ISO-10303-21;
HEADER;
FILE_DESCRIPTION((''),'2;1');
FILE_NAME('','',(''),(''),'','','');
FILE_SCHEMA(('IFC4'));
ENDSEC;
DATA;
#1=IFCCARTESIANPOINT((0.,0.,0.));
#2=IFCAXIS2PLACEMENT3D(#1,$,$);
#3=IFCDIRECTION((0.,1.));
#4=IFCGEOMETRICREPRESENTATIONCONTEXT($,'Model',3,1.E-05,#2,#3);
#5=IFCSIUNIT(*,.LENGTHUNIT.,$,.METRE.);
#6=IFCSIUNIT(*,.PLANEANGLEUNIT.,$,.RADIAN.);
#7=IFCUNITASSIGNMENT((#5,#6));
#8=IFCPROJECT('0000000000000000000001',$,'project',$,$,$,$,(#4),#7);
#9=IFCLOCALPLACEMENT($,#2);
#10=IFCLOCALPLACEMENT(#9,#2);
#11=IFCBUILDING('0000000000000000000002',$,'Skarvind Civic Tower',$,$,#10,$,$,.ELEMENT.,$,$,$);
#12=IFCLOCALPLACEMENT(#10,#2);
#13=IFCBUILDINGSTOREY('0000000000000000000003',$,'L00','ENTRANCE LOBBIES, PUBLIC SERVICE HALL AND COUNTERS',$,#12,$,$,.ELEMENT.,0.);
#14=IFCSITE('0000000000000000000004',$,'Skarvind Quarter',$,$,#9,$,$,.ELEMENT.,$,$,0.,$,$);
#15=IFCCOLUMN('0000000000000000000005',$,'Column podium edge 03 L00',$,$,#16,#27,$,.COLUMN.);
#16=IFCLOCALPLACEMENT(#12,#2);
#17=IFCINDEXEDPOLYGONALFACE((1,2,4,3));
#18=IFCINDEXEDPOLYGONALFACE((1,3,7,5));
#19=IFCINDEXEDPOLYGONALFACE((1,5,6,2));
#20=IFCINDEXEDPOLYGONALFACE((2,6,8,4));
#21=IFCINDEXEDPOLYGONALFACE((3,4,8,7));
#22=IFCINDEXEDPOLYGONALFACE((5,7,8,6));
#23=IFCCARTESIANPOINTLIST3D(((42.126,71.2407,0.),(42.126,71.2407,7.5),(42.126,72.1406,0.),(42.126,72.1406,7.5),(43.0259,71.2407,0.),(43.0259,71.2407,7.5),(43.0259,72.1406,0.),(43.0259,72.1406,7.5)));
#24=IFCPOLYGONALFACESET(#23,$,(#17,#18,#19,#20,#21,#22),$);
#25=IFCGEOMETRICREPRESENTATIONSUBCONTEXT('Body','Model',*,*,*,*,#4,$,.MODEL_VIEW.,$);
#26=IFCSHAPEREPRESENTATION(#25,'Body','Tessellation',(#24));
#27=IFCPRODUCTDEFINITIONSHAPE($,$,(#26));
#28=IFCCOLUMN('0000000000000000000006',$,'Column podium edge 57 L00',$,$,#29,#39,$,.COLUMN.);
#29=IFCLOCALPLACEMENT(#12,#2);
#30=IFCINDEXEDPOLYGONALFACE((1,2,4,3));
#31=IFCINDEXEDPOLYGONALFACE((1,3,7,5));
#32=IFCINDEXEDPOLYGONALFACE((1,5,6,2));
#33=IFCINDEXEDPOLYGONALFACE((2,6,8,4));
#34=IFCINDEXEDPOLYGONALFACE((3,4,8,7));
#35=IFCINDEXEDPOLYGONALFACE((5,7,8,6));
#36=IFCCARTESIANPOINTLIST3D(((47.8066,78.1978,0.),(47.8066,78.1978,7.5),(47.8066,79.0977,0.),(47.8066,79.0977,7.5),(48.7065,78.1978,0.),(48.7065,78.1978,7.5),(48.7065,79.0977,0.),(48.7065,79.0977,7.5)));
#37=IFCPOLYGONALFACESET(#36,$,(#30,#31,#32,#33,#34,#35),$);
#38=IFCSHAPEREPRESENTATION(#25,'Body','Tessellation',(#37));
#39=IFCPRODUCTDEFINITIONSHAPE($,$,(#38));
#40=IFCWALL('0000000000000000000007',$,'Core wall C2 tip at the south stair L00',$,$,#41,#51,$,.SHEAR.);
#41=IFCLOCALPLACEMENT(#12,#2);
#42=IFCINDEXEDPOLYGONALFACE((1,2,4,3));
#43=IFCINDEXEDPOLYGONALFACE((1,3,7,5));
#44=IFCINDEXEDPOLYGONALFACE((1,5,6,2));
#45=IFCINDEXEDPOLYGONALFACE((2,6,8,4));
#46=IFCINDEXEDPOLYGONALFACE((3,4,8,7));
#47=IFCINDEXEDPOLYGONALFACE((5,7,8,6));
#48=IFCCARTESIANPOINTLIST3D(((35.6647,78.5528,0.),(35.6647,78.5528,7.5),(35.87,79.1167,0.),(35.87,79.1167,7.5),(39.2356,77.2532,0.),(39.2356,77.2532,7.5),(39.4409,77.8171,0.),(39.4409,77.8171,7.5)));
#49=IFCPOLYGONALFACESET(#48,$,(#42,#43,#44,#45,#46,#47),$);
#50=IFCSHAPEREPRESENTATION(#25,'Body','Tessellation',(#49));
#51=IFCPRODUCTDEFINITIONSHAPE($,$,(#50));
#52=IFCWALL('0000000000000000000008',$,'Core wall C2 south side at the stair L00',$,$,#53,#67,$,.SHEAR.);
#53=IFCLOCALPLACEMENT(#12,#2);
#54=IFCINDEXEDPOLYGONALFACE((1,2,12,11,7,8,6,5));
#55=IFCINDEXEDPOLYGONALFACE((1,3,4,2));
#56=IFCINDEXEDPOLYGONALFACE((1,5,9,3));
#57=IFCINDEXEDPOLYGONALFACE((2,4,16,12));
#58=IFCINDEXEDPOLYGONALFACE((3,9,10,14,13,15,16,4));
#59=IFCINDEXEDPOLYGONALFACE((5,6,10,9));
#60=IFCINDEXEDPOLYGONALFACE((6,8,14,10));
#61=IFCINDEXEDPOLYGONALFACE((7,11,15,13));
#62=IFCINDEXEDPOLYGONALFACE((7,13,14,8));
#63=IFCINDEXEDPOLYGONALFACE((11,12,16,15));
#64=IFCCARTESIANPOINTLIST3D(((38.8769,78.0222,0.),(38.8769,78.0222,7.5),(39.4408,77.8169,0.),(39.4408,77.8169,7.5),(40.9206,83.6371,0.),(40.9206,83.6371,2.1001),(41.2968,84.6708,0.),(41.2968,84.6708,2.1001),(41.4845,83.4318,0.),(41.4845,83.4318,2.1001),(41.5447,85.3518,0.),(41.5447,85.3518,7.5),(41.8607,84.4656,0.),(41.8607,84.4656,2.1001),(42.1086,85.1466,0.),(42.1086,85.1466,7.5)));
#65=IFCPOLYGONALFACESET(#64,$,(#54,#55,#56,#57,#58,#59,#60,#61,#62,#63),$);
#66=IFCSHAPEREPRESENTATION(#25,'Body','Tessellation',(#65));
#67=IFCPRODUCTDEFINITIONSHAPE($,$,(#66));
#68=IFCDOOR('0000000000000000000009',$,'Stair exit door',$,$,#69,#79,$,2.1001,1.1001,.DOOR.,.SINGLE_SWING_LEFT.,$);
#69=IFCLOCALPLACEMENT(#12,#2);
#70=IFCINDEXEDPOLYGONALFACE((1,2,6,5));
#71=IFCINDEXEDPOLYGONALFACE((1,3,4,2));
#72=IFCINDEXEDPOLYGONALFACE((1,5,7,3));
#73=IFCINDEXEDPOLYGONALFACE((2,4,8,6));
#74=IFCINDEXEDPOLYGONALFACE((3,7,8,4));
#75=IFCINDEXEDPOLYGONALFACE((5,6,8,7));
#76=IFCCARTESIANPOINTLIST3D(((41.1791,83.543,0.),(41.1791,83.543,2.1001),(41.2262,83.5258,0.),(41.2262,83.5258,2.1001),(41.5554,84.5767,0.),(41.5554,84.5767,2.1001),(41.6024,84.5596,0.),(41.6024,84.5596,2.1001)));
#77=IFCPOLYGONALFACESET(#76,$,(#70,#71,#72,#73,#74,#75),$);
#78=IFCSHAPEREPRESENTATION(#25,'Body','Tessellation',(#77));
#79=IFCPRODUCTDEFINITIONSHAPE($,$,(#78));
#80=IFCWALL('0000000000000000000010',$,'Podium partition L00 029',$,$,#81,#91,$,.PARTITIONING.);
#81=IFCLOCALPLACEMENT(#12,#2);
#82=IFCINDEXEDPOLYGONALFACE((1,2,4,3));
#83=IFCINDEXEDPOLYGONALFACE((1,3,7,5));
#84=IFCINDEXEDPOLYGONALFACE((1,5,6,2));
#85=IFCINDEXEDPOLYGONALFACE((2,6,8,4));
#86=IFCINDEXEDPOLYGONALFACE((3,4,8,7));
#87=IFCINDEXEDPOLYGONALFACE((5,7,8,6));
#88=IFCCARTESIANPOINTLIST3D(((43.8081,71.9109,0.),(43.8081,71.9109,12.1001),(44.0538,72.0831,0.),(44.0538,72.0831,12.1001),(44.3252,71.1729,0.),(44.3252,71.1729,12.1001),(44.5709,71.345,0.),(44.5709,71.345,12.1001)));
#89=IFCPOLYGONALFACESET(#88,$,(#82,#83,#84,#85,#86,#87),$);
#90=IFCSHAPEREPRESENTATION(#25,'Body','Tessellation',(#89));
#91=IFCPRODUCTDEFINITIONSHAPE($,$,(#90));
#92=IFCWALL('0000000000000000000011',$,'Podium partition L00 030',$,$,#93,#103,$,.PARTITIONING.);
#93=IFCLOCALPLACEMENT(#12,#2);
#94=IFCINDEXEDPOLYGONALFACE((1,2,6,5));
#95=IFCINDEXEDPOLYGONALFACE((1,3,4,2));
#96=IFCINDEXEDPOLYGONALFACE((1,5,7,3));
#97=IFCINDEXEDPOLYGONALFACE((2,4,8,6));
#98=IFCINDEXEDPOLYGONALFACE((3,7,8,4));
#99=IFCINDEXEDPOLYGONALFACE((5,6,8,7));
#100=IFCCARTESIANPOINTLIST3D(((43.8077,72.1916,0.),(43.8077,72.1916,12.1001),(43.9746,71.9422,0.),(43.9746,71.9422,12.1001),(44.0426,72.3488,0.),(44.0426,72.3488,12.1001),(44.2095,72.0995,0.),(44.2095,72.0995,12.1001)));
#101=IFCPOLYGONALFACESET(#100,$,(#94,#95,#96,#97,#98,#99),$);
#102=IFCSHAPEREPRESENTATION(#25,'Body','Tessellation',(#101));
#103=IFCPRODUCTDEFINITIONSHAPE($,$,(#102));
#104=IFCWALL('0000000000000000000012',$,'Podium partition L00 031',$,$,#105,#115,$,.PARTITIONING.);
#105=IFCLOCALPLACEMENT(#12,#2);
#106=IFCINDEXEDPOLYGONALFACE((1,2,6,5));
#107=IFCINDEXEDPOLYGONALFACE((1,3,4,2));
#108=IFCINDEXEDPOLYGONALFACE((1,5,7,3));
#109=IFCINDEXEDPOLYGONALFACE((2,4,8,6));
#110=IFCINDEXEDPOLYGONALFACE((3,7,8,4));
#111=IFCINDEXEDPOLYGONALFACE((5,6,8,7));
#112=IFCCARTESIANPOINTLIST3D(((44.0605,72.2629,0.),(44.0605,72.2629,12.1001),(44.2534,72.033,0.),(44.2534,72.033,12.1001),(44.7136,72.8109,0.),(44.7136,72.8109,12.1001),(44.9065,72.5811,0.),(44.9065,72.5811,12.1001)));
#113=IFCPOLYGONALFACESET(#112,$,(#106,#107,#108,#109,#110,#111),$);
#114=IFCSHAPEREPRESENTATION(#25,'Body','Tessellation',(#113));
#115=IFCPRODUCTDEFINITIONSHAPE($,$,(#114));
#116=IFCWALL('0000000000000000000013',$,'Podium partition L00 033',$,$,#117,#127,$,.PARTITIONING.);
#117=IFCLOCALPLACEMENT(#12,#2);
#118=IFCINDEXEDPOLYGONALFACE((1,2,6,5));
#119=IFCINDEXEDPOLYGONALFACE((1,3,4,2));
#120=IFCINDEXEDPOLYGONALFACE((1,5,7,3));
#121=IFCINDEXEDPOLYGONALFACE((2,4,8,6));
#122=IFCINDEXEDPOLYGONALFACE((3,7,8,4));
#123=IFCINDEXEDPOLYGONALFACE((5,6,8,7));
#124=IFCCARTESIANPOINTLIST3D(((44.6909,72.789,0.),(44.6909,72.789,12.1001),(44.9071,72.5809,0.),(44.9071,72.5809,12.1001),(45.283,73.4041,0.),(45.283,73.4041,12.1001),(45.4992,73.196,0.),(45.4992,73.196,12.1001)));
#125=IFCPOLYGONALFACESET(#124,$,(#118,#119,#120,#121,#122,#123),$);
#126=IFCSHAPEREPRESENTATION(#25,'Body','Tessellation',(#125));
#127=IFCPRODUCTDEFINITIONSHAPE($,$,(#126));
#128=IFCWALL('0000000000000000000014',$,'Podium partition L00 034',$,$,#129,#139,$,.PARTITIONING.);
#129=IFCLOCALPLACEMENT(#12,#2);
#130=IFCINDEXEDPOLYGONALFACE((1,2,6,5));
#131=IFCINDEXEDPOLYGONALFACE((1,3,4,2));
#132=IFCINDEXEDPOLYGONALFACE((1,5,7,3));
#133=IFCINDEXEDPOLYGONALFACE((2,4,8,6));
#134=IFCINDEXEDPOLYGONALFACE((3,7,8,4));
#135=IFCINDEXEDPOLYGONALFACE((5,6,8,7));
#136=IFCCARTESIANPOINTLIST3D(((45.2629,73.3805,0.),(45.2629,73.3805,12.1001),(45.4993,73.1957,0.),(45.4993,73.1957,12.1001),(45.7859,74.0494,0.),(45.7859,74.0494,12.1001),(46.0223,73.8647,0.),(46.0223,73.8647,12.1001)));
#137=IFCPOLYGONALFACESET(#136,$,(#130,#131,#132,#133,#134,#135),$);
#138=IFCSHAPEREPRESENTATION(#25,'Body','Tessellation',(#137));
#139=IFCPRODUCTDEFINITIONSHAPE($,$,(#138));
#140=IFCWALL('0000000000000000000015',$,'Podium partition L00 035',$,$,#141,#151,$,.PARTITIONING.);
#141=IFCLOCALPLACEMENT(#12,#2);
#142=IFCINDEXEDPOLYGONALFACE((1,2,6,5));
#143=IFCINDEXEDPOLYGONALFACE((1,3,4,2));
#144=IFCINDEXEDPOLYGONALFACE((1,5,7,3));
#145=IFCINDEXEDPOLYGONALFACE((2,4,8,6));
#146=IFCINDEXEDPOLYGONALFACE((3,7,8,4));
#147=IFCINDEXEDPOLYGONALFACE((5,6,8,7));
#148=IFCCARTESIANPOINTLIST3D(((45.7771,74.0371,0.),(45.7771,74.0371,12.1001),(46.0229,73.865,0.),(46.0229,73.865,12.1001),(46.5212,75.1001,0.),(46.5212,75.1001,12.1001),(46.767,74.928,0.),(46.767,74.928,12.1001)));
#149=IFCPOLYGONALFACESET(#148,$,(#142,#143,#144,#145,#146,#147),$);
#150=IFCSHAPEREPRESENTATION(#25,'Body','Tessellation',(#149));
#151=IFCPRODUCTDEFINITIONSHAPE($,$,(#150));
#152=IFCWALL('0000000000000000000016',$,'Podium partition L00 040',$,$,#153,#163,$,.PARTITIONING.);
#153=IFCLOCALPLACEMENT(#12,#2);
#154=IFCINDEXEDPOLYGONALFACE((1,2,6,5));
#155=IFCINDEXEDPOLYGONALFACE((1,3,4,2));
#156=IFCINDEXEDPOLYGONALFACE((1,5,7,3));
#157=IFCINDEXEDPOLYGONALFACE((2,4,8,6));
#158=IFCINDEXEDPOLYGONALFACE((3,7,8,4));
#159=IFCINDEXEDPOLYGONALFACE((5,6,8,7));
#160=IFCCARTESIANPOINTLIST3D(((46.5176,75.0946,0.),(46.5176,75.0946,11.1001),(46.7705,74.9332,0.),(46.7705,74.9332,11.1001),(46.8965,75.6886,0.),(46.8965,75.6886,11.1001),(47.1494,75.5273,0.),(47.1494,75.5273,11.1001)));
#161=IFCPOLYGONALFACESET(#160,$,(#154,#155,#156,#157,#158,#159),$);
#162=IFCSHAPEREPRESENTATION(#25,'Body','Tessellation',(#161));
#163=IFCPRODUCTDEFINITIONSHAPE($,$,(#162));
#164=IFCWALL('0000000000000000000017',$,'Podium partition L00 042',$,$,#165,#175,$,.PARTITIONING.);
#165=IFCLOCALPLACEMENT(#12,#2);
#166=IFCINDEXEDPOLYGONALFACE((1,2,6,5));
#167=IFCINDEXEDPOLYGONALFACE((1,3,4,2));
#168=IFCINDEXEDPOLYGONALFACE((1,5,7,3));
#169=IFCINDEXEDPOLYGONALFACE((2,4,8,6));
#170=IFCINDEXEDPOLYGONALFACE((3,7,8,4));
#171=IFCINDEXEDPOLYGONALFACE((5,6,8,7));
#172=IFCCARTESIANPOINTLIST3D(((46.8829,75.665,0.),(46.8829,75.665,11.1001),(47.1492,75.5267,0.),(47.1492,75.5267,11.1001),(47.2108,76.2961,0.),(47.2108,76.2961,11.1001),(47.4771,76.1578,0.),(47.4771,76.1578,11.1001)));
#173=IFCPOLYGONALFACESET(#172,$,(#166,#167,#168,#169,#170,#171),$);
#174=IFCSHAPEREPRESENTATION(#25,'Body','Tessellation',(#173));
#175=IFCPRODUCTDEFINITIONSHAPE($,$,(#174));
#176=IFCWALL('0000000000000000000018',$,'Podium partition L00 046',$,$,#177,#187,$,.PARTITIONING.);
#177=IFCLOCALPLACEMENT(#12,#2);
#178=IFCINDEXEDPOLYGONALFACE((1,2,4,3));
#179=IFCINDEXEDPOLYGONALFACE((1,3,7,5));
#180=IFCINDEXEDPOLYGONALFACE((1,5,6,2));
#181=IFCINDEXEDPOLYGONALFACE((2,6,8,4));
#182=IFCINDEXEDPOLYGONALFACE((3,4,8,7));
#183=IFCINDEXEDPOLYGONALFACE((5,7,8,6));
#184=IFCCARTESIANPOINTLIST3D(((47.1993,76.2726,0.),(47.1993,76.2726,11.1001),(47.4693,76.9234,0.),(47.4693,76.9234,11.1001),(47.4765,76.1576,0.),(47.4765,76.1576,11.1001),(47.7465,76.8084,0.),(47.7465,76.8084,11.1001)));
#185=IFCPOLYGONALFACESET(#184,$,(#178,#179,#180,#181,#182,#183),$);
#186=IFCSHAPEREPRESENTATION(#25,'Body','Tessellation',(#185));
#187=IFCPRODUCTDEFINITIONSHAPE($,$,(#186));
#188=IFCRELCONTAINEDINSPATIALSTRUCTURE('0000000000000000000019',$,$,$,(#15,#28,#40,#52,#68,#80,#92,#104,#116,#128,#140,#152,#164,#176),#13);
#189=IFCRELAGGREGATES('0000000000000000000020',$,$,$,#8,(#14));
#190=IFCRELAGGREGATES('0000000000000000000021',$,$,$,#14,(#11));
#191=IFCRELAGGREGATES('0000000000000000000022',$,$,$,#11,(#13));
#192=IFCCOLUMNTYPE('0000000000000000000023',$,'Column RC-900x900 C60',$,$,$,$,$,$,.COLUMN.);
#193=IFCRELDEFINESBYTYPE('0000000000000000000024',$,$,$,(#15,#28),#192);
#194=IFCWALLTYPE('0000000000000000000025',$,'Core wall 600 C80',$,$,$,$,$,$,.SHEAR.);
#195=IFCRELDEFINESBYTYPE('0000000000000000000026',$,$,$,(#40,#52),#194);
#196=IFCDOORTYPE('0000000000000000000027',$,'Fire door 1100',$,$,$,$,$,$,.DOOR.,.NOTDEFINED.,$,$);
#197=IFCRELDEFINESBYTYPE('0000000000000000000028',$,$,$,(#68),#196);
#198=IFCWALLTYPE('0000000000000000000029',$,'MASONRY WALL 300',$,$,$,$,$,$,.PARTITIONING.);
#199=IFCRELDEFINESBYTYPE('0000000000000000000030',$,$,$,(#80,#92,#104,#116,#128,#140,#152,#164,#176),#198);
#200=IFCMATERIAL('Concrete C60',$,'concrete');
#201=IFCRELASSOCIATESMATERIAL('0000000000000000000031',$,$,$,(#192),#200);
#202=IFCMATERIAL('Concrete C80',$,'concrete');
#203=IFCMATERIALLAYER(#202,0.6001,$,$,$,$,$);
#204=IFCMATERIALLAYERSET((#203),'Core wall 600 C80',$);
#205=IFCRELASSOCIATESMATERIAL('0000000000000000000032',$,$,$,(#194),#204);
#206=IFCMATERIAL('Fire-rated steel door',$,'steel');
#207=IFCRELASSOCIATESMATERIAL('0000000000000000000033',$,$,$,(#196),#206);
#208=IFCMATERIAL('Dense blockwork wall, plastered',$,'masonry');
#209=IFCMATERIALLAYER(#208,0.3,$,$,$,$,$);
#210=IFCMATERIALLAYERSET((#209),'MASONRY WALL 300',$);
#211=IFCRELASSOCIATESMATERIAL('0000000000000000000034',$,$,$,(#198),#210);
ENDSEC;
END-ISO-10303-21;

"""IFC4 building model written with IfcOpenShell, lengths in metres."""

from ifc_helpers import new_model, si_unit, direction, frame, frame_2d, origin, origin_2d, place, context, subcontext, project, spatial, rectangle, extrude, material, layer, layer_set, material_profile, profile_set, type_object, element, fill, save


model = new_model("IFC4")

# Units and contexts
model_context = context("Model", 3, precision=1e-05, world=origin(), true_north=direction((0.0, 1.0)))
body_context = subcontext(model_context, "Body", "Model", "MODEL_VIEW")
ifc_project = project(units=[si_unit("LENGTHUNIT", "METRE"), si_unit("PLANEANGLEUNIT", "RADIAN")], contexts=[model_context])

# Site, building, storey
site_placement = place(None, origin())
site = spatial("IfcSite", under=ifc_project, at=site_placement, Name="Skarvind Quarter", CompositionType="ELEMENT", RefElevation=0.0)
building_placement = place(site_placement, origin())
building = spatial("IfcBuilding", under=site, at=building_placement, Name="Skarvind Civic Tower", CompositionType="ELEMENT")
storey_placement = place(building_placement, origin())
storey = spatial("IfcBuildingStorey", under=building, at=storey_placement, Name="L00", Description="ENTRANCE LOBBIES, PUBLIC SERVICE HALL AND COUNTERS", CompositionType="ELEMENT", Elevation=0.0)

# Columns
ifc_material_1 = material(Name="Concrete C60", Category="concrete")
ifc_material_profile = material_profile(ifc_material_1, rectangle(XDim=0.8999, YDim=0.8999, at=origin_2d()), Name="RC-900x900")
ifc_profile_set = profile_set([ifc_material_profile], Name="Concrete C60")
column_type = type_object("IfcColumnType", Name="Column RC-900x900 C60", PredefinedType="COLUMN", material=ifc_profile_set)
for number, where, z_axis, x_axis, name in (
    (1, (42.5759, 71.6907, 0.0), (0.0, 0.0, 1.0), (1.0, 0.0, 0.0), "Column podium edge 03 L00"),
    (2, (48.2566, 78.6477, 0.0), (0.0, 0.0, 1.0), (1.0, 0.0, 0.0), "Column podium edge 57 L00"),
):
    element("IfcColumn", number, at=place(storey_placement, frame(where, z_axis=z_axis, x_axis=x_axis)), inside=storey, type_object=column_type, Name=name, PredefinedType="COLUMN", context=body_context, shape_type="SweptSolid", body=[
        extrude(rectangle(XDim=0.8999, YDim=0.8999, at=origin_2d()), origin(), (0.0, 0.0, 1.0), 7.5),
    ])

# Wall
ifc_material_2 = material(Name="Concrete C80", Category="concrete")
ifc_layer_1 = layer(ifc_material_2, 0.6001)
ifc_layer_set_1 = layer_set([ifc_layer_1], Name="Core wall 600 C80")
wall_type_1 = type_object("IfcWallType", Name="Core wall 600 C80", PredefinedType="SHEAR", material=ifc_layer_set_1)
wall_1_placement = place(storey_placement, frame((39.3381, 77.5352, 0.0), z_axis=(0.0, 0.0, 1.0), x_axis=(-0.939701, 0.341996, 0.0)))
element("IfcWall", 3, at=wall_1_placement, inside=storey, type_object=wall_type_1, Name="Core wall C2 tip at the south stair L00", PredefinedType="SHEAR", context=body_context, shape_type="SweptSolid", body=[
    extrude(rectangle(XDim=3.8, YDim=0.6001, at=frame_2d((1.8999, 0.0))), origin(), (0.0, 0.0, 1.0), 7.5),
])

# Wall, opening, door
wall_2_placement = place(storey_placement, frame((39.1589, 77.9197, 0.0), z_axis=(0.0, 0.0, 1.0), x_axis=(0.342017, 0.939694, 0.0)))
wall_2 = element("IfcWall", 4, at=wall_2_placement, inside=storey, type_object=wall_type_1, Name="Core wall C2 south side at the stair L00", PredefinedType="SHEAR", context=body_context, shape_type="SweptSolid", body=[
    extrude(rectangle(XDim=7.8, YDim=0.6001, at=frame_2d((3.8999, 0.0))), origin(), (0.0, 0.0, 1.0), 7.5),
])
opening_1_placement = place(wall_2_placement, frame((5.9751, 0.0, 0.0)))
opening_1 = element("IfcOpeningElement", 5, at=opening_1_placement, cuts=wall_2, PredefinedType="OPENING", context=body_context, shape_type="SweptSolid", body=[
    extrude(rectangle(XDim=1.1001, YDim=2.1001, at=frame_2d((0.55, 1.05))), frame((0.0, 0.3101, 0.0), z_axis=(0.0, -1.0, 0.0), x_axis=(1.0, 0.0, 0.0)), (0.0, 0.0, 1.0), 0.6201),
])
ifc_material_3 = material(Name="Fire-rated steel door", Category="steel")
door_type_1 = type_object("IfcDoorType", Name="Fire door 1100", OperationType="NOTDEFINED", PredefinedType="DOOR", material=ifc_material_3)
door_1_placement = place(opening_1_placement, origin())
door_1 = element("IfcDoor", 6, at=door_1_placement, inside=storey, type_object=door_type_1, Name="Stair exit door", OperationType="SINGLE_SWING_LEFT", OverallHeight=2.1001, OverallWidth=1.1001, PredefinedType="DOOR", context=body_context, shape_type="SweptSolid", body=[
    extrude(rectangle(XDim=1.1001, YDim=2.1001, at=frame_2d((0.55, 1.05))), frame((0.0, 0.0249, 0.0), z_axis=(0.0, -1.0, 0.0), x_axis=(1.0, 0.0, 0.0)), (0.0, 0.0, 1.0), 0.05),
])
fill(opening_1, door_1)

# Walls
ifc_material_4 = material(Name="Dense blockwork wall, plastered", Category="masonry")
ifc_layer_2 = layer(ifc_material_4, 0.3)
ifc_layer_set_2 = layer_set([ifc_layer_2], Name="MASONRY WALL 300")
wall_type_2 = type_object("IfcWallType", Name="MASONRY WALL 300", PredefinedType="PARTITIONING", material=ifc_layer_set_2)
wall_3_placement = place(storey_placement, frame((43.9309, 71.9971, 0.0), z_axis=(0.0, 0.0, 1.0), x_axis=(0.573808, -0.81899, 0.0)))
element("IfcWall", 7, at=wall_3_placement, inside=storey, type_object=wall_type_2, Name="Podium partition L00 029", PredefinedType="PARTITIONING", context=body_context, shape_type="SweptSolid", body=[
    extrude(rectangle(XDim=0.9011, YDim=0.3, at=frame_2d((0.4507, 0.0))), origin(), (0.0, 0.0, 1.0), 12.1001),
])
wall_4_placement = place(storey_placement, frame((43.8911, 72.0669, 0.0), z_axis=(0.0, 0.0, 1.0), x_axis=(0.830986, 0.556294, 0.0)))
element("IfcWall", 8, at=wall_4_placement, inside=storey, type_object=wall_type_2, Name="Podium partition L00 030", PredefinedType="PARTITIONING", context=body_context, shape_type="SweptSolid", body=[
    extrude(rectangle(XDim=0.2827, YDim=0.3, at=frame_2d((0.1414, 0.0))), origin(), (0.0, 0.0, 1.0), 12.1001),
])
wall_5_placement = place(storey_placement, frame((44.157, 72.1479, 0.0), z_axis=(0.0, 0.0, 1.0), x_axis=(0.765987, 0.642856, 0.0)))
element("IfcWall", 9, at=wall_5_placement, inside=storey, type_object=wall_type_2, Name="Podium partition L00 031", PredefinedType="PARTITIONING", context=body_context, shape_type="SweptSolid", body=[
    extrude(rectangle(XDim=0.8525, YDim=0.3, at=frame_2d((0.4263, 0.0))), origin(), (0.0, 0.0, 1.0), 12.1001),
])
wall_6_placement = place(storey_placement, frame((44.7991, 72.6851, 0.0), z_axis=(0.0, 0.0, 1.0), x_axis=(0.693537, 0.720421, 0.0)))
element("IfcWall", 10, at=wall_6_placement, inside=storey, type_object=wall_type_2, Name="Podium partition L00 033", PredefinedType="PARTITIONING", context=body_context, shape_type="SweptSolid", body=[
    extrude(rectangle(XDim=0.8538, YDim=0.3, at=frame_2d((0.4268, 0.0))), origin(), (0.0, 0.0, 1.0), 12.1001),
])
wall_7_placement = place(storey_placement, frame((45.3811, 73.2881, 0.0), z_axis=(0.0, 0.0, 1.0), x_axis=(0.61589, 0.787833, 0.0)))
element("IfcWall", 11, at=wall_7_placement, inside=storey, type_object=wall_type_2, Name="Podium partition L00 034", PredefinedType="PARTITIONING", context=body_context, shape_type="SweptSolid", body=[
    extrude(rectangle(XDim=0.8491, YDim=0.3, at=frame_2d((0.4246, 0.0))), origin(), (0.0, 0.0, 1.0), 12.1001),
])
wall_8_placement = place(storey_placement, frame((45.8999, 73.9509, 0.0), z_axis=(0.0, 0.0, 1.0), x_axis=(0.573488, 0.819214, 0.0)))
element("IfcWall", 12, at=wall_8_placement, inside=storey, type_object=wall_type_2, Name="Podium partition L00 035", PredefinedType="PARTITIONING", context=body_context, shape_type="SweptSolid", body=[
    extrude(rectangle(XDim=1.2976, YDim=0.3, at=frame_2d((0.6489, 0.0))), origin(), (0.0, 0.0, 1.0), 12.1001),
])
wall_9_placement = place(storey_placement, frame((46.644, 75.0139, 0.0), z_axis=(0.0, 0.0, 1.0), x_axis=(0.537794, 0.843076, 0.0)))
element("IfcWall", 13, at=wall_9_placement, inside=storey, type_object=wall_type_2, Name="Podium partition L00 040", PredefinedType="PARTITIONING", context=body_context, shape_type="SweptSolid", body=[
    extrude(rectangle(XDim=0.7046, YDim=0.3, at=frame_2d((0.3523, 0.0))), origin(), (0.0, 0.0, 1.0), 11.1001),
])
wall_10_placement = place(storey_placement, frame((47.0161, 75.5959, 0.0), z_axis=(0.0, 0.0, 1.0), x_axis=(0.461028, 0.887385, 0.0)))
element("IfcWall", 14, at=wall_10_placement, inside=storey, type_object=wall_type_2, Name="Podium partition L00 042", PredefinedType="PARTITIONING", context=body_context, shape_type="SweptSolid", body=[
    extrude(rectangle(XDim=0.7112, YDim=0.3, at=frame_2d((0.3555, 0.0))), origin(), (0.0, 0.0, 1.0), 11.1001),
])
wall_11_placement = place(storey_placement, frame((47.3379, 76.2151, 0.0), z_axis=(0.0, 0.0, 1.0), x_axis=(0.383188, 0.92367, 0.0)))
element("IfcWall", 15, at=wall_11_placement, inside=storey, type_object=wall_type_2, Name="Podium partition L00 046", PredefinedType="PARTITIONING", context=body_context, shape_type="SweptSolid", body=[
    extrude(rectangle(XDim=0.7046, YDim=0.3, at=frame_2d((0.3523, 0.0))), origin(), (0.0, 0.0, 1.0), 11.1001),
])

save(model, "model.ifc")
